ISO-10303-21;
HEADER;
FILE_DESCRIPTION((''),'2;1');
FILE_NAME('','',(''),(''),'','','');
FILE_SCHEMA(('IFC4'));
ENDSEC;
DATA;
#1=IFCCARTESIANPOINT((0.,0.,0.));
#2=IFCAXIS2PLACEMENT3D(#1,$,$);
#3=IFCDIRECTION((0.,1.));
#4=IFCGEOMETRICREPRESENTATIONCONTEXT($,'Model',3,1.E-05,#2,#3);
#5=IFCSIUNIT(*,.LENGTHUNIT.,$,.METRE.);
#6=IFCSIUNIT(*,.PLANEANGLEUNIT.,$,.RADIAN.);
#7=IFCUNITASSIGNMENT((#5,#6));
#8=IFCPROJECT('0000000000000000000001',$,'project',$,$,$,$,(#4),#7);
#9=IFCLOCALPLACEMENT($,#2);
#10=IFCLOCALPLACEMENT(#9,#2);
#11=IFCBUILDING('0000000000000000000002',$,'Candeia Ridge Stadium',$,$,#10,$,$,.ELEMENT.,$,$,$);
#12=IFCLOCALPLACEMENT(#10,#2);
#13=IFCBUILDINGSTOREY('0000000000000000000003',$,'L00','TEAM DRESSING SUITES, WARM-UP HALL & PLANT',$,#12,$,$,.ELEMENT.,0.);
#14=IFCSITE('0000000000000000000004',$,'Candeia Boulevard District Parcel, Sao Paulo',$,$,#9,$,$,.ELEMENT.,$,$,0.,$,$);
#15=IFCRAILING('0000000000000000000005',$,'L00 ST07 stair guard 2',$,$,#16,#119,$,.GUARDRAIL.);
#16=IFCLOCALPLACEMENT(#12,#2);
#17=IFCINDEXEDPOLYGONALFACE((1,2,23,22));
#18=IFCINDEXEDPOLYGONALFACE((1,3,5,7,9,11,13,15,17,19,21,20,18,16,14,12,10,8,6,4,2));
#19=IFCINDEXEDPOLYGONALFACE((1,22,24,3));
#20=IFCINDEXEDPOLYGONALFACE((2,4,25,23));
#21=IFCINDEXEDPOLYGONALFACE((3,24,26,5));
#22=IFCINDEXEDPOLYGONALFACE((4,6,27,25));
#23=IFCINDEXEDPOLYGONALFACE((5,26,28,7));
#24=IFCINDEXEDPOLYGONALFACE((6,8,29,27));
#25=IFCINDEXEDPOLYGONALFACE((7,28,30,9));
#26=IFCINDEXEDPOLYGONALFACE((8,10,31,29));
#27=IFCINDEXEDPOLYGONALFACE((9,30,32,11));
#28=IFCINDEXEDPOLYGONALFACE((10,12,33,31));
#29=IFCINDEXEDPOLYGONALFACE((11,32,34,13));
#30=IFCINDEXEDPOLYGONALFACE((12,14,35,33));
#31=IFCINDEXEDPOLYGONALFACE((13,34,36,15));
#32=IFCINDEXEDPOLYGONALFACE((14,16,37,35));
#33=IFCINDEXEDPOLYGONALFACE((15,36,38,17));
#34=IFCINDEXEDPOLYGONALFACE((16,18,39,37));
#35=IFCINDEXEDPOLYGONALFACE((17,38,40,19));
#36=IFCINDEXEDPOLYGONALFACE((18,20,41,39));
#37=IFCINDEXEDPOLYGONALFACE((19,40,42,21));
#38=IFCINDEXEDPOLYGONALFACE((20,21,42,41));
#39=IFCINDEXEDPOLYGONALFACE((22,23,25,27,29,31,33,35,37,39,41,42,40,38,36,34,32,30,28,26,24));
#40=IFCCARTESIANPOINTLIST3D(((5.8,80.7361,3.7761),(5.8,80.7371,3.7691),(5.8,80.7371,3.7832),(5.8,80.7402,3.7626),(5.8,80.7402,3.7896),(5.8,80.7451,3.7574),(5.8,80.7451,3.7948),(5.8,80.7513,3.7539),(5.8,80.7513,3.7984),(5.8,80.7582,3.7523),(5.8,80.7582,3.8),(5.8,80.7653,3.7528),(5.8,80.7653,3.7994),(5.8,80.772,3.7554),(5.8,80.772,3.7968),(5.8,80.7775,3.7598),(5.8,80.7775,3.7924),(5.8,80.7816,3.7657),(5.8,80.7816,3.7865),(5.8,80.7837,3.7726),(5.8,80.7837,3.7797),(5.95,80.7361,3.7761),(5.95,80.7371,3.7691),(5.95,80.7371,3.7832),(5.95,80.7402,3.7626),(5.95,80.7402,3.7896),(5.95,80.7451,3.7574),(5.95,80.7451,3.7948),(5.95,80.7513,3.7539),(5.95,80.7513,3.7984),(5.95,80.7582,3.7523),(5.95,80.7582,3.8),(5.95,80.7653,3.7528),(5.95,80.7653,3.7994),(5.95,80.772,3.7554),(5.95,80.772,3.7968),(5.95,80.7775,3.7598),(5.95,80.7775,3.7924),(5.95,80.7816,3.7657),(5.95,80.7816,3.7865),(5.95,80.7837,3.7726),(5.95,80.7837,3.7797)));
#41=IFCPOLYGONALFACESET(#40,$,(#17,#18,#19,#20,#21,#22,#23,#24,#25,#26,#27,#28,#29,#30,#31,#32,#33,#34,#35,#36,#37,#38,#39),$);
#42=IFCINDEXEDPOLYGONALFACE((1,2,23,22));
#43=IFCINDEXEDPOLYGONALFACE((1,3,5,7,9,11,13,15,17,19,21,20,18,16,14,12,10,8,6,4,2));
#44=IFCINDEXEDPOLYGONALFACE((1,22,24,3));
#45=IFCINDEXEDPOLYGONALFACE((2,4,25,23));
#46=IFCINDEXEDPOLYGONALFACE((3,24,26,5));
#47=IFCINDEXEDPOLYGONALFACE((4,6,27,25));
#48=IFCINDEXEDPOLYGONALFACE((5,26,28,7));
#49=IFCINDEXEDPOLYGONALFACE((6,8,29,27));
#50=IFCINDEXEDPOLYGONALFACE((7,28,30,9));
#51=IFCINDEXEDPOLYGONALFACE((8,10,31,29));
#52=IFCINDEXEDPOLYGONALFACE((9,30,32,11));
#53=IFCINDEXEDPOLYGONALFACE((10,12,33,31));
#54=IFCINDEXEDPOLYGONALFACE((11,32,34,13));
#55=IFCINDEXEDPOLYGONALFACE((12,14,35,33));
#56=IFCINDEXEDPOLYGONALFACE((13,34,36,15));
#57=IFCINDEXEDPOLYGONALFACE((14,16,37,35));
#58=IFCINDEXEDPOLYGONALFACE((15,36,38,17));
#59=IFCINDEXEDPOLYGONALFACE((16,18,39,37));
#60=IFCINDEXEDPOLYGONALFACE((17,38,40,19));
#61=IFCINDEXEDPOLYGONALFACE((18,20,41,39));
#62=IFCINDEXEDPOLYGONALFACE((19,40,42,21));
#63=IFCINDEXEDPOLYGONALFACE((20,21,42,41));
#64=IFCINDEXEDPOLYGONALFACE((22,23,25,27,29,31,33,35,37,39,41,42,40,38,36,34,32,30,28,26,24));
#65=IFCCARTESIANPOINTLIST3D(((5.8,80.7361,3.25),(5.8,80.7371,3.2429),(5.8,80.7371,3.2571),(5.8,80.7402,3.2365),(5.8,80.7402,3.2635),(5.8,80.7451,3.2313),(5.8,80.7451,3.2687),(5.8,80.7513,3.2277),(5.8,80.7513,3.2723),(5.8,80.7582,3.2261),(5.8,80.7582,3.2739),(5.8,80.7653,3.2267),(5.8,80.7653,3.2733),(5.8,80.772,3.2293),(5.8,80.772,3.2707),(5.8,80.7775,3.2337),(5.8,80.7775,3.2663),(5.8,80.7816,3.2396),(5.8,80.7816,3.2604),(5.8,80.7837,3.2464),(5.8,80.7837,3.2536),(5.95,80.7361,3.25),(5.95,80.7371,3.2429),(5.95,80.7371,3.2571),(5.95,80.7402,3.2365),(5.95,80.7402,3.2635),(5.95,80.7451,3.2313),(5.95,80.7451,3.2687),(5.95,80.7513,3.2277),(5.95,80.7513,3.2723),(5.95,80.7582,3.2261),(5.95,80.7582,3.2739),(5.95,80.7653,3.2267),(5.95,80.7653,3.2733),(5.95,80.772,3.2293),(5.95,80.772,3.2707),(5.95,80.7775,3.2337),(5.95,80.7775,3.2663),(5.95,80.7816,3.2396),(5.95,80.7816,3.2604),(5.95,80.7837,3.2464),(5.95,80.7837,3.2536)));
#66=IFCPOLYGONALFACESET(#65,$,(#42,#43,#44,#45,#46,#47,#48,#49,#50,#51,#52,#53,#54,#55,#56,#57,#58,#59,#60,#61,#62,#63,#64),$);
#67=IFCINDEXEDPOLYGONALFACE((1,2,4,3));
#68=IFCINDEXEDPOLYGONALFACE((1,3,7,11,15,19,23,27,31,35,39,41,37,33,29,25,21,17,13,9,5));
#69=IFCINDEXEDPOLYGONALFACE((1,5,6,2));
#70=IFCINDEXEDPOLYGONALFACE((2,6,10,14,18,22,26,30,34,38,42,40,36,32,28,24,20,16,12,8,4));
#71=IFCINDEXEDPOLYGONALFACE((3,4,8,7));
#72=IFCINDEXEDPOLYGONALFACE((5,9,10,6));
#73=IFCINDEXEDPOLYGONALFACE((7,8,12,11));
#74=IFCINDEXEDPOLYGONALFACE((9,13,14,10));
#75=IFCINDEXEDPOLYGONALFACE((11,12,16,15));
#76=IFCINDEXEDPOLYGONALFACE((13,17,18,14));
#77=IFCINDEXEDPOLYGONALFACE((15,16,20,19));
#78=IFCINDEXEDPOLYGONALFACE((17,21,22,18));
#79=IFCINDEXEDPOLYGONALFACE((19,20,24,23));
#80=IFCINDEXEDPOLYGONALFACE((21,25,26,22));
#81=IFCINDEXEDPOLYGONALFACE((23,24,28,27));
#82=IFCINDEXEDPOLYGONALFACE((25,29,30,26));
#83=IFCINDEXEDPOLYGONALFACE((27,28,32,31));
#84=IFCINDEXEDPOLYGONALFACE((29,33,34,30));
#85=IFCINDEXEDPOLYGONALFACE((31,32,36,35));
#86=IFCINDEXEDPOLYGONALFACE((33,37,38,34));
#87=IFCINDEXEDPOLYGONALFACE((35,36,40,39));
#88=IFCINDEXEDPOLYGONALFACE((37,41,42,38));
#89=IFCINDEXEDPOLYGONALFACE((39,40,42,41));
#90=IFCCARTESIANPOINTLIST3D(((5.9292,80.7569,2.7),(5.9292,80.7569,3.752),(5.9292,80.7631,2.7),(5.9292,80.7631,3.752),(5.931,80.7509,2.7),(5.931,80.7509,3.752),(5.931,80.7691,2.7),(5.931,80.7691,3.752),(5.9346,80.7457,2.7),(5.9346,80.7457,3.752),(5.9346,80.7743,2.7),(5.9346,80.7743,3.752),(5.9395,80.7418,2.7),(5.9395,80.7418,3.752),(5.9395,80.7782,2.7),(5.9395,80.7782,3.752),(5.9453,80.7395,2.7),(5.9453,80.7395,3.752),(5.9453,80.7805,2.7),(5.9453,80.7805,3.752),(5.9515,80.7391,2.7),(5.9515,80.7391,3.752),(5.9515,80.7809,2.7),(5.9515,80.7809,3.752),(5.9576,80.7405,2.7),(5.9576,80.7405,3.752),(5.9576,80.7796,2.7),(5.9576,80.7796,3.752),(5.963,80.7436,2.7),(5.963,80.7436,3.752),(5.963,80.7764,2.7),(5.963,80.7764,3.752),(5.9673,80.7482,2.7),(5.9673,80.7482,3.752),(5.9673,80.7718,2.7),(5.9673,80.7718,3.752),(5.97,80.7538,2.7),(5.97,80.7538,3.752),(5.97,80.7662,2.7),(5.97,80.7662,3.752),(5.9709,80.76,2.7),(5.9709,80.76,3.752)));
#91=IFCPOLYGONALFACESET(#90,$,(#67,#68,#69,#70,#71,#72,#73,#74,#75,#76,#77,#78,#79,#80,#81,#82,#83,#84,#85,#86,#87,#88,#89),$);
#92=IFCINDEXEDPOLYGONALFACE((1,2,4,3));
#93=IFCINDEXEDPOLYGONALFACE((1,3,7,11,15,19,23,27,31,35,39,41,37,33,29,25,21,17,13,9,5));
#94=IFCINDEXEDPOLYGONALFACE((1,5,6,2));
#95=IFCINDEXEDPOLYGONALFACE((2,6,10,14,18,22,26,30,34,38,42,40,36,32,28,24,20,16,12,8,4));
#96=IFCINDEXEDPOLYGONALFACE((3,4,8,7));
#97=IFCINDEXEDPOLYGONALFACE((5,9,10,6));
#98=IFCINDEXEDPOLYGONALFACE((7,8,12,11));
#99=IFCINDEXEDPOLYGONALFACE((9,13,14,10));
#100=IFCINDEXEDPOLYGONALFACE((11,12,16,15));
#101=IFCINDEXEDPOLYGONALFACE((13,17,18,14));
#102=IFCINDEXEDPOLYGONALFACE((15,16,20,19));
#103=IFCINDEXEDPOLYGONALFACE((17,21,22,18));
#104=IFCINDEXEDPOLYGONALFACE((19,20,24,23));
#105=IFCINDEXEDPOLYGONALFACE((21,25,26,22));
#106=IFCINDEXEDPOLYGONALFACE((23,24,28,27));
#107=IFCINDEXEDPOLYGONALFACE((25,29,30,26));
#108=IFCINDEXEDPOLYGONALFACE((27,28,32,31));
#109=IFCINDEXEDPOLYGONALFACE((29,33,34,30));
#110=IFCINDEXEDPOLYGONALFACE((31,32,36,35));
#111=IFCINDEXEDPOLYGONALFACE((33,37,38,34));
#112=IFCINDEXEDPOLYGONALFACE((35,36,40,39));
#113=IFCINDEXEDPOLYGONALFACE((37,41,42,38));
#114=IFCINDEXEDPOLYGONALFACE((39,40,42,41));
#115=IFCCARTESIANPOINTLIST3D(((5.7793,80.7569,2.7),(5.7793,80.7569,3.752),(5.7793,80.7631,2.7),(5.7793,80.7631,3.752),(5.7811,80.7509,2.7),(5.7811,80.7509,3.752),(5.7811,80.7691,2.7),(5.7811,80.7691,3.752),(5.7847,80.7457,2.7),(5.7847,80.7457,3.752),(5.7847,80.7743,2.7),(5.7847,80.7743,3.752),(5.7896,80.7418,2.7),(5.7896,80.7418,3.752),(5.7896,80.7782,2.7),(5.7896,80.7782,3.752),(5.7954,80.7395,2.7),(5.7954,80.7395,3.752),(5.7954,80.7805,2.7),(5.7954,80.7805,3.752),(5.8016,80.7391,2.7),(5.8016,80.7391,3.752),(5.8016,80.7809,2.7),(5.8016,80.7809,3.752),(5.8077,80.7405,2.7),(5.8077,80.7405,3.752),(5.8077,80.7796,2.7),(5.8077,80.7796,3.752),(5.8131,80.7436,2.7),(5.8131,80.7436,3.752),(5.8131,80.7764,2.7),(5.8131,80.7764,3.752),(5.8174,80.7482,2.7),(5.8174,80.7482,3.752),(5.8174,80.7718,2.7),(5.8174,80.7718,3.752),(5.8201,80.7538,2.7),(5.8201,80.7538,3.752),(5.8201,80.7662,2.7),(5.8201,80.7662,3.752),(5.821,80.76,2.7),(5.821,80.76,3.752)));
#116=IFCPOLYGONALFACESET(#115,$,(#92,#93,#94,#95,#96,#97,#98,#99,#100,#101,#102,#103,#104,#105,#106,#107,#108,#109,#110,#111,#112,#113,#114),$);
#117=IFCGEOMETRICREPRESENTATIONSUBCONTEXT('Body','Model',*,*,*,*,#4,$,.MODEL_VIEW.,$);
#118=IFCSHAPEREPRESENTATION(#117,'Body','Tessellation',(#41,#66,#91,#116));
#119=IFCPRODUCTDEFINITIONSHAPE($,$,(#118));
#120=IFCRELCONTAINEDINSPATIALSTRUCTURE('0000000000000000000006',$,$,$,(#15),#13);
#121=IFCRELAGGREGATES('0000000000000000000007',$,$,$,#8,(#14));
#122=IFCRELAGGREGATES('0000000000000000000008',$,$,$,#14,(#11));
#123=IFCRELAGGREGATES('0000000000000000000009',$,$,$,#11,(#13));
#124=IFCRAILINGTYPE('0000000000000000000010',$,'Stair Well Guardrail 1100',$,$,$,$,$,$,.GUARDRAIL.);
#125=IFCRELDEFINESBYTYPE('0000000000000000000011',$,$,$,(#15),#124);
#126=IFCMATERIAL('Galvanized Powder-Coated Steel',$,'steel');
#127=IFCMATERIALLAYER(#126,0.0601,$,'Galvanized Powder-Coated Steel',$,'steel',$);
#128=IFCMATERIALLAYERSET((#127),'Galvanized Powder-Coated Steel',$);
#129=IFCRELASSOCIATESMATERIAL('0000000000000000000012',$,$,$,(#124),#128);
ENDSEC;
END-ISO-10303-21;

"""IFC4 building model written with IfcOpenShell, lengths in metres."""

from ifc_helpers import new_model, si_unit, direction, frame, origin, origin_2d, place, context, subcontext, project, spatial, circle, extrude, material, layer, layer_set, type_object, element, save


model = new_model("IFC4")

# Units and contexts
model_context = context("Model", 3, precision=1e-05, world=origin(), true_north=direction((0.0, 1.0)))
body_context = subcontext(model_context, "Body", "Model", "MODEL_VIEW")
ifc_project = project(units=[si_unit("LENGTHUNIT", "METRE"), si_unit("PLANEANGLEUNIT", "RADIAN")], contexts=[model_context])

# Site, building, storey
site_placement = place(None, origin())
site = spatial("IfcSite", under=ifc_project, at=site_placement, Name="Candeia Boulevard District Parcel, Sao Paulo", CompositionType="ELEMENT", RefElevation=0.0)
building_placement = place(site_placement, origin())
building = spatial("IfcBuilding", under=site, at=building_placement, Name="Candeia Ridge Stadium", CompositionType="ELEMENT")
storey_placement = place(building_placement, origin())
storey = spatial("IfcBuildingStorey", under=building, at=storey_placement, Name="L00", Description="TEAM DRESSING SUITES, WARM-UP HALL & PLANT", CompositionType="ELEMENT", Elevation=0.0)

# Railing
ifc_material_1 = material(Name="Galvanized Powder-Coated Steel", Category="steel")
ifc_layer_1 = layer(ifc_material_1, 0.0601, Name="Galvanized Powder-Coated Steel", Category="steel")
ifc_layer_set_1 = layer_set([ifc_layer_1], Name="Galvanized Powder-Coated Steel")
railing_type_1 = type_object("IfcRailingType", Name="Stair Well Guardrail 1100", PredefinedType="GUARDRAIL", material=ifc_layer_set_1)
railing_1_placement = place(storey_placement, frame((5.95, 80.76, 2.7)))
element("IfcRailing", 1, at=railing_1_placement, inside=storey, type_object=railing_type_1, Name="L00 ST07 stair guard 2", PredefinedType="GUARDRAIL", context=body_context, shape_type="SweptSolid", body=[
    extrude(circle(Radius=0.0239, at=origin_2d()), frame((0.0, 0.0, 1.0762), z_axis=(-1.0, 0.0, 0.0), x_axis=(0.0, -1.0, 0.0)), (0.0, 0.0, 1.0), 0.1499),
    extrude(circle(Radius=0.0239, at=origin_2d()), frame((0.0, 0.0, 0.55), z_axis=(-1.0, 0.0, 0.0), x_axis=(0.0, -1.0, 0.0)), (0.0, 0.0, 1.0), 0.1499),
    extrude(circle(Radius=0.021, at=origin_2d()), origin(), (0.0, 0.0, 1.0), 1.052),
    extrude(circle(Radius=0.021, at=origin_2d()), frame((-0.1499, 0.0, 0.0)), (0.0, 0.0, 1.0), 1.052),
])

save(model, "model.ifc")
